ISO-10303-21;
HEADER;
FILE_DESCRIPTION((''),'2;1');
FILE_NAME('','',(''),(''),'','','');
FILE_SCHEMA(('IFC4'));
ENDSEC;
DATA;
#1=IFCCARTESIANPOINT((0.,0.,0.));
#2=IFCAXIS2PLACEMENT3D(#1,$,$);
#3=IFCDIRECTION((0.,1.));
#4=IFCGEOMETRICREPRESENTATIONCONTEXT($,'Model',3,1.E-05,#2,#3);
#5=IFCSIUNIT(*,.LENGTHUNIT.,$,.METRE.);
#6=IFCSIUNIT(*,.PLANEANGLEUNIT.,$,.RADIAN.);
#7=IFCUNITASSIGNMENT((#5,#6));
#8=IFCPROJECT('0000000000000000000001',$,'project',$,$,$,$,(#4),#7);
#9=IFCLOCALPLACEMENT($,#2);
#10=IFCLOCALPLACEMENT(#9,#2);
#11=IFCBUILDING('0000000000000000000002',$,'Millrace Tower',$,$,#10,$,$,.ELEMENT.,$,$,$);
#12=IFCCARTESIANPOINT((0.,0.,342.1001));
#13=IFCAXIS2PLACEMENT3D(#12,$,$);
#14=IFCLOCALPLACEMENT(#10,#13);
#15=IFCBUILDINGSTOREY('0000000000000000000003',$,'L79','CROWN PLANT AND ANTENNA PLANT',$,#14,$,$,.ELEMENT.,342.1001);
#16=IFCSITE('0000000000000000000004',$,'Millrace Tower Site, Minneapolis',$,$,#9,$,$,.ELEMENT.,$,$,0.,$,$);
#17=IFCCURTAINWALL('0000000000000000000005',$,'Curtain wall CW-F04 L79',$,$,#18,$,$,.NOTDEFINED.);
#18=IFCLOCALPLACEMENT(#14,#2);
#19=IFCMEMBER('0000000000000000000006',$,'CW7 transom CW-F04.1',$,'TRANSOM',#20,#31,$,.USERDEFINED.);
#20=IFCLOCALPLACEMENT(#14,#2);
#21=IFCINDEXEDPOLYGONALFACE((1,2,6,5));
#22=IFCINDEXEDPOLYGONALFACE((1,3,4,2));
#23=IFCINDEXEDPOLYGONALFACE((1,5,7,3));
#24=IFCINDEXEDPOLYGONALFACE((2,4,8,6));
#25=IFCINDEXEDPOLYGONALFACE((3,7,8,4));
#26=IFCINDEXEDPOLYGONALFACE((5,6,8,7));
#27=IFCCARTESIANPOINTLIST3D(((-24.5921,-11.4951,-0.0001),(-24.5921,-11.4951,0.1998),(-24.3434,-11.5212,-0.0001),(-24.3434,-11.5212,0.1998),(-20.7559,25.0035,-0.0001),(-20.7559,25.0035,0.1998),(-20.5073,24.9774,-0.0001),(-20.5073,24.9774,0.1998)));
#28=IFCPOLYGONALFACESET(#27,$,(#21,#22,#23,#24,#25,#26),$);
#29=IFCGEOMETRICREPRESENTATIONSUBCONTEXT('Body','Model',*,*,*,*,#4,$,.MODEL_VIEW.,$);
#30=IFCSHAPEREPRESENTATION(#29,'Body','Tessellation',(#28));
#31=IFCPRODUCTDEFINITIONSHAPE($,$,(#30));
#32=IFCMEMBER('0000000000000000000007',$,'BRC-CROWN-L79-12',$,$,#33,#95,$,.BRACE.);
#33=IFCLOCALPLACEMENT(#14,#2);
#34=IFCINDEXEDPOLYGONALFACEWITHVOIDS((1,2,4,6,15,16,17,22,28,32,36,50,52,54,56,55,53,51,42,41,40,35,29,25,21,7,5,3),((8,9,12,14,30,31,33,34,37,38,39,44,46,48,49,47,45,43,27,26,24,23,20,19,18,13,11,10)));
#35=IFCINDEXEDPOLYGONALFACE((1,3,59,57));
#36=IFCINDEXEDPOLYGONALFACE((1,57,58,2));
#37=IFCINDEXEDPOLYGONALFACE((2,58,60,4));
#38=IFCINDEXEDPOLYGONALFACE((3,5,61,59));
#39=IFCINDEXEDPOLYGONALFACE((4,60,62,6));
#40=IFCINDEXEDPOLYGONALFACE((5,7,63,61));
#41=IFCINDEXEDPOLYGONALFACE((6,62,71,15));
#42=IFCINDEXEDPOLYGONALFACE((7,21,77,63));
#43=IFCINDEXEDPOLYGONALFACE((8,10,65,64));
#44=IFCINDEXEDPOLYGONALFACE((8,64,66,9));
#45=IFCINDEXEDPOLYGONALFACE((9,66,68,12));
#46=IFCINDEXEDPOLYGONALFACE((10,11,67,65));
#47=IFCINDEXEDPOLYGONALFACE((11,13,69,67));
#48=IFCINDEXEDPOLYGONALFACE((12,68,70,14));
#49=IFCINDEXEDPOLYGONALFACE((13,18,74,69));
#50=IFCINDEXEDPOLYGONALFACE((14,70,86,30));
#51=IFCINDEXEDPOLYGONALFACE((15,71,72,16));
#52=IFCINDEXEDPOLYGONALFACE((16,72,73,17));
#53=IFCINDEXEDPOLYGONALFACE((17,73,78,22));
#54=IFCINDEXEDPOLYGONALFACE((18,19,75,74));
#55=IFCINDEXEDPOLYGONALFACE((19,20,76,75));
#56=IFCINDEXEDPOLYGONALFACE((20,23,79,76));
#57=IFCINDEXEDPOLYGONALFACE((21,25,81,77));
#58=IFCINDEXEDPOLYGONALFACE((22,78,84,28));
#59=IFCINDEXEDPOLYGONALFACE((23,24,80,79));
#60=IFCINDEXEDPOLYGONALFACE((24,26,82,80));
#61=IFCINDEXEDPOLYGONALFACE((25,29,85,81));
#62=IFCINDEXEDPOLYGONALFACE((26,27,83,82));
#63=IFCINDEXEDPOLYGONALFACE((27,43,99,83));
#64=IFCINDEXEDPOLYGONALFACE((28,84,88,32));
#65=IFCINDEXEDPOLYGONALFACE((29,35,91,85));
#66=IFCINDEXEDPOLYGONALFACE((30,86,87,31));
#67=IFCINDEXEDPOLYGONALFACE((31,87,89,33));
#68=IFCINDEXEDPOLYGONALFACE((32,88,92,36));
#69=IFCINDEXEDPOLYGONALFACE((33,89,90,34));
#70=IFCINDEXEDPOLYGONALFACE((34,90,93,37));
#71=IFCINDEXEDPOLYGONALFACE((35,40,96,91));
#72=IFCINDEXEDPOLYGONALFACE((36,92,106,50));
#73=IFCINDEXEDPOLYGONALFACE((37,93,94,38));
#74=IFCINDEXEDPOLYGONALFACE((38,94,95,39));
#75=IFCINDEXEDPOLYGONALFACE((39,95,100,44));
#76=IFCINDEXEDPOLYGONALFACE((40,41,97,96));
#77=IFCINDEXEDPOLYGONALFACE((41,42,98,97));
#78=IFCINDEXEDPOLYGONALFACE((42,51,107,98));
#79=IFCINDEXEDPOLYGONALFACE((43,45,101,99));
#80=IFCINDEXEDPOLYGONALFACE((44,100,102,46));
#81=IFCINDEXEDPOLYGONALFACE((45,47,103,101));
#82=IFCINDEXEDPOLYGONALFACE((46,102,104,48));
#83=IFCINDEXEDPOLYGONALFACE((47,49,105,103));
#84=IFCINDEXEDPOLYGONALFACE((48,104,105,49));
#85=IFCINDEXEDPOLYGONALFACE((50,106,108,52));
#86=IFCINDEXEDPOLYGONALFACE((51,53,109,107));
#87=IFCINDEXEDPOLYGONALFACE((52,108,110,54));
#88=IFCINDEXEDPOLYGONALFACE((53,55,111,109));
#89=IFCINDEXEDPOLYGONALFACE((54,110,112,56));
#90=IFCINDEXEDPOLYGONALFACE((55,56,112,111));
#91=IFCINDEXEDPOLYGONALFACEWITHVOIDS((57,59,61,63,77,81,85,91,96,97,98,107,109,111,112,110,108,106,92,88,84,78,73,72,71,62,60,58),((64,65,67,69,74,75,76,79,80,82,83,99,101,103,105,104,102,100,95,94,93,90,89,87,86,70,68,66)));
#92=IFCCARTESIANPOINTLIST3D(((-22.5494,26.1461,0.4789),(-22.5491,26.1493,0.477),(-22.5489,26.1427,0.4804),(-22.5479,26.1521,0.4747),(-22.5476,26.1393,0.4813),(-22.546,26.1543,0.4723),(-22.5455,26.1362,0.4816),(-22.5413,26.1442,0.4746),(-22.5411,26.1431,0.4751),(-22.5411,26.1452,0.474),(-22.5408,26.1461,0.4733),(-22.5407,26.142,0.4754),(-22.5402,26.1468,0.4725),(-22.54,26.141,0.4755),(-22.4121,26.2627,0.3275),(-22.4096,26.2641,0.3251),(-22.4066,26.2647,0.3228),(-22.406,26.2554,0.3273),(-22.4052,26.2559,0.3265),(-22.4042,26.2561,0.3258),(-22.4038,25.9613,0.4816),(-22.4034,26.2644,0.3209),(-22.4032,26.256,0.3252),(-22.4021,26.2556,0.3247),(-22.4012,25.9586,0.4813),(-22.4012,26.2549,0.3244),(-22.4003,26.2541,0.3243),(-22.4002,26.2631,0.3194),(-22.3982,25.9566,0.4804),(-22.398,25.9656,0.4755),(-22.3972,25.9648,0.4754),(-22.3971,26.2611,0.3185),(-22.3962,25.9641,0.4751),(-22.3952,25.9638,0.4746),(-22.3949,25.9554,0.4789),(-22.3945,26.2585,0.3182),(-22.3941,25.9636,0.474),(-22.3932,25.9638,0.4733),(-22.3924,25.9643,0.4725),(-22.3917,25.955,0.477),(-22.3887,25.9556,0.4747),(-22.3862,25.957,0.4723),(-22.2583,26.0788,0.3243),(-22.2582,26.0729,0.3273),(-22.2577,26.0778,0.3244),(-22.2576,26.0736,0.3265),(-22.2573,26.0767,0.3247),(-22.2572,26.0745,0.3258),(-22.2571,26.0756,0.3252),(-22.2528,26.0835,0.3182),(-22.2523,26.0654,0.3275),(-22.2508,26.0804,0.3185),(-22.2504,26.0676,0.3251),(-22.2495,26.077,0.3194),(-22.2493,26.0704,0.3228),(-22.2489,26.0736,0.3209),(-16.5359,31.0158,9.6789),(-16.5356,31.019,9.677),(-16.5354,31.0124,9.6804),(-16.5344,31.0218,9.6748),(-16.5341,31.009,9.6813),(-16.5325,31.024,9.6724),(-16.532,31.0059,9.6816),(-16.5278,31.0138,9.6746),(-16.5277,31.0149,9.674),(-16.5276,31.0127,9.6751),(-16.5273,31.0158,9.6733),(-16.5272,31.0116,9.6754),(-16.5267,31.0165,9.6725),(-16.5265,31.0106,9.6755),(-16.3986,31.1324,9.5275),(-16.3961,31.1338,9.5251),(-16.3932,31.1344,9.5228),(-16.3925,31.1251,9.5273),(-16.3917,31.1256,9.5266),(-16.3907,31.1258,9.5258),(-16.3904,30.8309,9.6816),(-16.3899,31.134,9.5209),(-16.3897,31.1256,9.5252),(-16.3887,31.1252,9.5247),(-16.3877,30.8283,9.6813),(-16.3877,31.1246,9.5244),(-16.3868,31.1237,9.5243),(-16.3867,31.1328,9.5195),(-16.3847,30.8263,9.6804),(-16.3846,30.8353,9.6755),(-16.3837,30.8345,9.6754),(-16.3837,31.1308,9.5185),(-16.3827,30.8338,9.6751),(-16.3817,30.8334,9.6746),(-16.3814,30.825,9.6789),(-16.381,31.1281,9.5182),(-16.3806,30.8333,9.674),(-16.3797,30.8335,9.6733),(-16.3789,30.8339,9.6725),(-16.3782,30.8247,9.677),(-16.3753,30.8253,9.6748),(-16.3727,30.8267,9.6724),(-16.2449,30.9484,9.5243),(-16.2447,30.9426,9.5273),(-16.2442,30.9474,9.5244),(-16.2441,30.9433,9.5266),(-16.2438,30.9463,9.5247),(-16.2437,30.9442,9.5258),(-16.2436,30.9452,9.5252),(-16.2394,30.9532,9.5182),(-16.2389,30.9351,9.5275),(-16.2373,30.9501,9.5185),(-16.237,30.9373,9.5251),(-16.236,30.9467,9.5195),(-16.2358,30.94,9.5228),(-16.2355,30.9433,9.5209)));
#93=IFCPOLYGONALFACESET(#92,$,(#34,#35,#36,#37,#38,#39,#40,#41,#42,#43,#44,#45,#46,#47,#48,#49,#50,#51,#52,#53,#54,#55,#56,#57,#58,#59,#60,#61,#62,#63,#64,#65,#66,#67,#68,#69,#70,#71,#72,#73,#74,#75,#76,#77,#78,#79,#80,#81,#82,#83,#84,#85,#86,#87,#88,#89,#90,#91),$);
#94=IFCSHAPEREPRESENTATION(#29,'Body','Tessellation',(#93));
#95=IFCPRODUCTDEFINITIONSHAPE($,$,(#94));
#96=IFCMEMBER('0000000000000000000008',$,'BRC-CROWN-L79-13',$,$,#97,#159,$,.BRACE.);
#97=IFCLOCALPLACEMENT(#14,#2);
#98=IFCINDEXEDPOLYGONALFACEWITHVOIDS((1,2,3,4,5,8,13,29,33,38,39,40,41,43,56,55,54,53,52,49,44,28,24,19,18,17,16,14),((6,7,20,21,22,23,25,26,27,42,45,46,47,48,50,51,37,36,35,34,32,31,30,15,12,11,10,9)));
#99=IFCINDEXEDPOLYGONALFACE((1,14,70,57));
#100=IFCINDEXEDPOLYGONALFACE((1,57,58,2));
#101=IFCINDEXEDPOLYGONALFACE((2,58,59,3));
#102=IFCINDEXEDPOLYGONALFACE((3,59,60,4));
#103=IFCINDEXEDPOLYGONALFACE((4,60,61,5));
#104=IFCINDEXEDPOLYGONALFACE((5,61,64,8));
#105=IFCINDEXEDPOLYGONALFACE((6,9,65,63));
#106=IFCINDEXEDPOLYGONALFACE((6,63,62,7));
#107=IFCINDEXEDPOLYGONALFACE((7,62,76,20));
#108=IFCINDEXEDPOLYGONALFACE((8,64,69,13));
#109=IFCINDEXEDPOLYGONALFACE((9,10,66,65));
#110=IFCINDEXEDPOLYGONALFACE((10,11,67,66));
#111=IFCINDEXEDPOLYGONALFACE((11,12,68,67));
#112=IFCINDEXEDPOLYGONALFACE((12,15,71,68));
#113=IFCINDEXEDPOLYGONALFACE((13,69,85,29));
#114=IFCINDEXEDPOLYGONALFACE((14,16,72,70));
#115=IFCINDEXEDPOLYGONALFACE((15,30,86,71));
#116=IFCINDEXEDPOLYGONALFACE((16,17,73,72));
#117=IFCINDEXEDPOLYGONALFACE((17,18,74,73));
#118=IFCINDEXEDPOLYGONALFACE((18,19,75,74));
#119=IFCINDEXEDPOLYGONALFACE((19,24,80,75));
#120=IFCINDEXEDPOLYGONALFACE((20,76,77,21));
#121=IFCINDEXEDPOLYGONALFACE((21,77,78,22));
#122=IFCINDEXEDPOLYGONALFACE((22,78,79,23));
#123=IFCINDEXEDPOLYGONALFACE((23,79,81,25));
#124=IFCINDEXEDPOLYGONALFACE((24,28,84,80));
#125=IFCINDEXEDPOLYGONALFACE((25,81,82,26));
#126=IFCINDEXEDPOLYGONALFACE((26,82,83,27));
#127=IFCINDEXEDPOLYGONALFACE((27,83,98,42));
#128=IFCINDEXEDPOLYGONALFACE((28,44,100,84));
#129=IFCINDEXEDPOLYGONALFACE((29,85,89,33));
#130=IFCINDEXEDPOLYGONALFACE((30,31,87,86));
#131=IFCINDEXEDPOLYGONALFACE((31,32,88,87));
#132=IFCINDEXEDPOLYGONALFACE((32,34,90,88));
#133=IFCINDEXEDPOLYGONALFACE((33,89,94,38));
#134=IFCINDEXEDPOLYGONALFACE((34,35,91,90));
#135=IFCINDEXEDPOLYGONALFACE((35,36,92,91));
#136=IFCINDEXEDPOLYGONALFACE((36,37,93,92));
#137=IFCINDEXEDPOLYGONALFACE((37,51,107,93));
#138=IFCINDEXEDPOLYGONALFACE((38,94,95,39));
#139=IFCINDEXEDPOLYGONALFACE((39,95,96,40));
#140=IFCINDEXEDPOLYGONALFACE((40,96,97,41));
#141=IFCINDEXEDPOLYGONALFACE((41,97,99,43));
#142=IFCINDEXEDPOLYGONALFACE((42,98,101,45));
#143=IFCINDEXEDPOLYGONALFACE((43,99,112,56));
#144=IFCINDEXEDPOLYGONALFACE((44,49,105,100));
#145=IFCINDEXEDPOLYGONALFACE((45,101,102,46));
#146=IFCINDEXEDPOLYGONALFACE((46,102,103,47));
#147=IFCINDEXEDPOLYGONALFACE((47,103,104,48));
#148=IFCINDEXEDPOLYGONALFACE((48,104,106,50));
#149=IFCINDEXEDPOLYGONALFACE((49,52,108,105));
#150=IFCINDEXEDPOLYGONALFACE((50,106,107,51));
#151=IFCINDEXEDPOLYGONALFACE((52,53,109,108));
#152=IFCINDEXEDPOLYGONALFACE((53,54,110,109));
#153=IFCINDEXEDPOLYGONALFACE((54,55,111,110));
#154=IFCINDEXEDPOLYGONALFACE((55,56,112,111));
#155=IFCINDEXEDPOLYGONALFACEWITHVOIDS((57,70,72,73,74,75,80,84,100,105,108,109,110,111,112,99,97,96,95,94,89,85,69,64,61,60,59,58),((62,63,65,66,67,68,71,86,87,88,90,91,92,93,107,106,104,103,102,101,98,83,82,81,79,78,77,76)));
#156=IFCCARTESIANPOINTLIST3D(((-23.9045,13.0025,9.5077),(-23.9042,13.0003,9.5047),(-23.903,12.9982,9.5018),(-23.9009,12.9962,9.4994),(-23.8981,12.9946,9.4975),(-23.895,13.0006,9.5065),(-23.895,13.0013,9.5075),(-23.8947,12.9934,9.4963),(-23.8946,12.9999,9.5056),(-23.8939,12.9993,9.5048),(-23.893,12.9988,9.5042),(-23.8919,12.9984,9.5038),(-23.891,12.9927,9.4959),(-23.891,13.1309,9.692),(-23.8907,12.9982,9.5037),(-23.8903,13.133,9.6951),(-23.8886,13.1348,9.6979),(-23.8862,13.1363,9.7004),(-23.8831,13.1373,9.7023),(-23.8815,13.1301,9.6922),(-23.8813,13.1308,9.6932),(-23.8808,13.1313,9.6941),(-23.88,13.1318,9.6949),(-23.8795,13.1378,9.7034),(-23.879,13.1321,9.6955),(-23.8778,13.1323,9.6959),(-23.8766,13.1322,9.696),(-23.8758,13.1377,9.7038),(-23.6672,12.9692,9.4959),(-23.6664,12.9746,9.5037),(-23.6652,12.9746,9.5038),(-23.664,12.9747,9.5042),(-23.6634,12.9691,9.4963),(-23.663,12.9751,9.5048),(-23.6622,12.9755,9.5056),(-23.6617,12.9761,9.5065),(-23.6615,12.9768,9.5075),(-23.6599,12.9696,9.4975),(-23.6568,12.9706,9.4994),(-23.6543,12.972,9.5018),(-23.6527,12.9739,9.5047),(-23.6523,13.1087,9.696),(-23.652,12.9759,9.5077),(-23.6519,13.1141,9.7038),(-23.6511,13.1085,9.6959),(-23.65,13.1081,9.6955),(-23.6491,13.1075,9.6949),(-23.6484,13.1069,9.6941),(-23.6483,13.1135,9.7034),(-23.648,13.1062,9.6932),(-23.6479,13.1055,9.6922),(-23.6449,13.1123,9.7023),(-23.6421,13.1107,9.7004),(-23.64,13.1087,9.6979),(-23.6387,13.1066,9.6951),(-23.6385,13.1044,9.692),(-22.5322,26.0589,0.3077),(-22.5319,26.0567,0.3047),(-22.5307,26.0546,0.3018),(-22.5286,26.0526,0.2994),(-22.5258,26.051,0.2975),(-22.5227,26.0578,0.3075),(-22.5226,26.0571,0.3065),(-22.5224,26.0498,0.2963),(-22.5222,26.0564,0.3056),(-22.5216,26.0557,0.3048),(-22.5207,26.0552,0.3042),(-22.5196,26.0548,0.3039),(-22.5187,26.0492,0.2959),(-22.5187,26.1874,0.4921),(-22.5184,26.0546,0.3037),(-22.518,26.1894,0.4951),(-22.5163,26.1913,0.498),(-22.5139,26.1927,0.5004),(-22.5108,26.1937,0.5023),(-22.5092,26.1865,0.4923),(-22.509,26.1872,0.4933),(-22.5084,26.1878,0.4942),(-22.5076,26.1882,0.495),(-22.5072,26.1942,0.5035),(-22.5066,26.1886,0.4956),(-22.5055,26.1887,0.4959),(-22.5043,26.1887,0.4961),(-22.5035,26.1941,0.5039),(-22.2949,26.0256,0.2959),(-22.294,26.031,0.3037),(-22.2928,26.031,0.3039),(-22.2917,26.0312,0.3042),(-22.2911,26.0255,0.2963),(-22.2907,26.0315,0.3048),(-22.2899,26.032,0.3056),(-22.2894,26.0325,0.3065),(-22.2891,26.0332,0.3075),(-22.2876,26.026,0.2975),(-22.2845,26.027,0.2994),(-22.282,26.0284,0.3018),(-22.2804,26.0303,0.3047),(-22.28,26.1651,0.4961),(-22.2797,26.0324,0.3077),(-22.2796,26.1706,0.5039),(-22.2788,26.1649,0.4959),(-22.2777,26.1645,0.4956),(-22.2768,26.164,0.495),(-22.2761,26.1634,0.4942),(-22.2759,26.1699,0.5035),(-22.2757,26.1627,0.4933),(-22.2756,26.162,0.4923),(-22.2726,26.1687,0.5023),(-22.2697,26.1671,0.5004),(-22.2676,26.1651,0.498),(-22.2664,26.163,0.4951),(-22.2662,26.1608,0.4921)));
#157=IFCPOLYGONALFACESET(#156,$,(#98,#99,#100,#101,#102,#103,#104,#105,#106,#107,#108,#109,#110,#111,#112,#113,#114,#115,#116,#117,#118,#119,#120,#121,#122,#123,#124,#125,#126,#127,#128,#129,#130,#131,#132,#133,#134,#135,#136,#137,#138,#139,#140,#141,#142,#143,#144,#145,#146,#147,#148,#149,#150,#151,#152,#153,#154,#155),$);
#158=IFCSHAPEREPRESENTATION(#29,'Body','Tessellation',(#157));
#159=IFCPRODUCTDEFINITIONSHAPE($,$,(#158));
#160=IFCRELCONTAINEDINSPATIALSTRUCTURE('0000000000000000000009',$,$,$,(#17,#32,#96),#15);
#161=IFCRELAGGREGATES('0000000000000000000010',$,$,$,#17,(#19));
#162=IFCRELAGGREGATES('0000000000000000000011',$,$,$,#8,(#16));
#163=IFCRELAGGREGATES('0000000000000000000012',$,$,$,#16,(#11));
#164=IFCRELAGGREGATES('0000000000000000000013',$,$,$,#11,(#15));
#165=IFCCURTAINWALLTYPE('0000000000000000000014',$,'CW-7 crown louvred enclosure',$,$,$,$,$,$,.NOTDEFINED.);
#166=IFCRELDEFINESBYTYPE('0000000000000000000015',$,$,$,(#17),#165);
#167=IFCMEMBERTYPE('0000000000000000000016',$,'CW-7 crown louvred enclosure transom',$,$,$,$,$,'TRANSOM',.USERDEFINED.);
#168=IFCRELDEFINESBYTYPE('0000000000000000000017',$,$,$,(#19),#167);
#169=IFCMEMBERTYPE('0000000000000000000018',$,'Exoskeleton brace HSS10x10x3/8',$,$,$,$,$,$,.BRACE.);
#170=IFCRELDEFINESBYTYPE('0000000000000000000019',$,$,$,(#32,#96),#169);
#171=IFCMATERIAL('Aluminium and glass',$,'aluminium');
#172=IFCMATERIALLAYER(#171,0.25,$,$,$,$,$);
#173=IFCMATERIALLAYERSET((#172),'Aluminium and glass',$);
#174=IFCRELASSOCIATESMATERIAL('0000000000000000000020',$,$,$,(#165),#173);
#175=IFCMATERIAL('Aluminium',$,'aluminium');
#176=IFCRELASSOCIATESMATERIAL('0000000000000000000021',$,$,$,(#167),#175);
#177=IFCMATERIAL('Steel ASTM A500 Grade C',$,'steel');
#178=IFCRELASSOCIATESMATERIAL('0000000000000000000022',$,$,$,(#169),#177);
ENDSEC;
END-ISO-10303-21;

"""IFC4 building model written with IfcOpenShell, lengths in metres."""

from ifc_helpers import new_model, si_unit, direction, frame, origin, origin_2d, place, context, subcontext, project, spatial, rectangle, hollow_rectangle, extrude, material, layer, layer_set, material_profile, profile_set, type_object, element, aggregate, save


model = new_model("IFC4")

# Units and contexts
model_context = context("Model", 3, precision=1e-05, world=origin(), true_north=direction((0.0, 1.0)))
body_context = subcontext(model_context, "Body", "Model", "MODEL_VIEW")
ifc_project = project(units=[si_unit("LENGTHUNIT", "METRE"), si_unit("PLANEANGLEUNIT", "RADIAN")], contexts=[model_context])

# Site, building, storey
site_placement = place(None, origin())
site = spatial("IfcSite", under=ifc_project, at=site_placement, Name="Millrace Tower Site, Minneapolis", CompositionType="ELEMENT", RefElevation=0.0)
building_placement = place(site_placement, origin())
building = spatial("IfcBuilding", under=site, at=building_placement, Name="Millrace Tower", CompositionType="ELEMENT")
storey_placement = place(building_placement, frame((0.0, 0.0, 342.1001)))
storey = spatial("IfcBuildingStorey", under=building, at=storey_placement, Name="L79", Description="CROWN PLANT AND ANTENNA PLANT", CompositionType="ELEMENT", Elevation=342.1001)

# Curtain wall, member
ifc_material_1 = material(Name="Aluminium and glass", Category="aluminium")
ifc_layer_1 = layer(ifc_material_1, 0.25)
ifc_layer_set_1 = layer_set([ifc_layer_1], Name="Aluminium and glass")
curtain_wall_type = type_object("IfcCurtainWallType", Name="CW-7 crown louvred enclosure", PredefinedType="NOTDEFINED", material=ifc_layer_set_1)
curtain_wall_placement = place(storey_placement, origin())
curtain_wall = element("IfcCurtainWall", 1, at=curtain_wall_placement, inside=storey, type_object=curtain_wall_type, Name="Curtain wall CW-F04 L79", PredefinedType="NOTDEFINED")
ifc_material_2 = material(Name="Aluminium", Category="aluminium")
ifc_material_profile_1 = material_profile(ifc_material_2, rectangle(XDim=0.25, YDim=0.2, at=origin_2d()))
ifc_profile_set_1 = profile_set([ifc_material_profile_1], Name="Aluminium")
member_type_1 = type_object("IfcMemberType", Name="CW-7 crown louvred enclosure transom", ElementType="TRANSOM", PredefinedType="USERDEFINED", material=ifc_profile_set_1)
member_1_placement = place(storey_placement, frame((-20.6316, 24.9905, 0.0999), z_axis=(-0.104529, -0.994522, 0.0), x_axis=(0.994522, -0.104529, 0.0)))
member_1 = element("IfcMember", 2, at=member_1_placement, type_object=member_type_1, Name="CW7 transom CW-F04.1", ObjectType="TRANSOM", PredefinedType="USERDEFINED", context=body_context, shape_type="SweptSolid", body=[
    extrude(rectangle(XDim=0.25, YDim=0.2, at=origin_2d()), origin(), (0.0, 0.0, 1.0), 36.6997),
])
aggregate(curtain_wall, [member_1])

# Members
ifc_material_3 = material(Name="Steel ASTM A500 Grade C", Category="steel")
ifc_material_profile_2 = material_profile(ifc_material_3, hollow_rectangle(XDim=0.2539, YDim=0.2539, WallThickness=0.0095, InnerFilletRadius=0.0046, OuterFilletRadius=0.0144, at=origin_2d()))
ifc_profile_set_2 = profile_set([ifc_material_profile_2], Name="Steel ASTM A500 Grade C")
member_type_2 = type_object("IfcMemberType", Name="Exoskeleton brace HSS10x10x3/8", PredefinedType="BRACE", material=ifc_profile_set_2)
member_2_placement = place(storey_placement, frame((-22.3992, 26.1099, 0.3999), z_axis=(0.500228, 0.405081, 0.765299), x_axis=(-0.629324, 0.777143, 0.0)))
element("IfcMember", 3, at=member_2_placement, inside=storey, type_object=member_type_2, Name="BRC-CROWN-L79-12", PredefinedType="BRACE", context=body_context, shape_type="SweptSolid", body=[
    extrude(hollow_rectangle(XDim=0.2539, YDim=0.2539, WallThickness=0.0095, InnerFilletRadius=0.0046, OuterFilletRadius=0.0144, at=origin_2d()), origin(), (0.0, 0.0, 1.0), 12.0215),
])
member_3_placement = place(storey_placement, frame((-22.3992, 26.1099, 0.3999), z_axis=(-0.085604, -0.814449, 0.573886), x_axis=(0.994522, -0.104531, 0.0)))
element("IfcMember", 4, at=member_3_placement, inside=storey, type_object=member_type_2, Name="BRC-CROWN-L79-13", PredefinedType="BRACE", context=body_context, shape_type="SweptSolid", body=[
    extrude(hollow_rectangle(XDim=0.2539, YDim=0.2539, WallThickness=0.0095, InnerFilletRadius=0.0046, OuterFilletRadius=0.0144, at=origin_2d()), origin(), (0.0, 0.0, 1.0), 16.031),
])

save(model, "model.ifc")
